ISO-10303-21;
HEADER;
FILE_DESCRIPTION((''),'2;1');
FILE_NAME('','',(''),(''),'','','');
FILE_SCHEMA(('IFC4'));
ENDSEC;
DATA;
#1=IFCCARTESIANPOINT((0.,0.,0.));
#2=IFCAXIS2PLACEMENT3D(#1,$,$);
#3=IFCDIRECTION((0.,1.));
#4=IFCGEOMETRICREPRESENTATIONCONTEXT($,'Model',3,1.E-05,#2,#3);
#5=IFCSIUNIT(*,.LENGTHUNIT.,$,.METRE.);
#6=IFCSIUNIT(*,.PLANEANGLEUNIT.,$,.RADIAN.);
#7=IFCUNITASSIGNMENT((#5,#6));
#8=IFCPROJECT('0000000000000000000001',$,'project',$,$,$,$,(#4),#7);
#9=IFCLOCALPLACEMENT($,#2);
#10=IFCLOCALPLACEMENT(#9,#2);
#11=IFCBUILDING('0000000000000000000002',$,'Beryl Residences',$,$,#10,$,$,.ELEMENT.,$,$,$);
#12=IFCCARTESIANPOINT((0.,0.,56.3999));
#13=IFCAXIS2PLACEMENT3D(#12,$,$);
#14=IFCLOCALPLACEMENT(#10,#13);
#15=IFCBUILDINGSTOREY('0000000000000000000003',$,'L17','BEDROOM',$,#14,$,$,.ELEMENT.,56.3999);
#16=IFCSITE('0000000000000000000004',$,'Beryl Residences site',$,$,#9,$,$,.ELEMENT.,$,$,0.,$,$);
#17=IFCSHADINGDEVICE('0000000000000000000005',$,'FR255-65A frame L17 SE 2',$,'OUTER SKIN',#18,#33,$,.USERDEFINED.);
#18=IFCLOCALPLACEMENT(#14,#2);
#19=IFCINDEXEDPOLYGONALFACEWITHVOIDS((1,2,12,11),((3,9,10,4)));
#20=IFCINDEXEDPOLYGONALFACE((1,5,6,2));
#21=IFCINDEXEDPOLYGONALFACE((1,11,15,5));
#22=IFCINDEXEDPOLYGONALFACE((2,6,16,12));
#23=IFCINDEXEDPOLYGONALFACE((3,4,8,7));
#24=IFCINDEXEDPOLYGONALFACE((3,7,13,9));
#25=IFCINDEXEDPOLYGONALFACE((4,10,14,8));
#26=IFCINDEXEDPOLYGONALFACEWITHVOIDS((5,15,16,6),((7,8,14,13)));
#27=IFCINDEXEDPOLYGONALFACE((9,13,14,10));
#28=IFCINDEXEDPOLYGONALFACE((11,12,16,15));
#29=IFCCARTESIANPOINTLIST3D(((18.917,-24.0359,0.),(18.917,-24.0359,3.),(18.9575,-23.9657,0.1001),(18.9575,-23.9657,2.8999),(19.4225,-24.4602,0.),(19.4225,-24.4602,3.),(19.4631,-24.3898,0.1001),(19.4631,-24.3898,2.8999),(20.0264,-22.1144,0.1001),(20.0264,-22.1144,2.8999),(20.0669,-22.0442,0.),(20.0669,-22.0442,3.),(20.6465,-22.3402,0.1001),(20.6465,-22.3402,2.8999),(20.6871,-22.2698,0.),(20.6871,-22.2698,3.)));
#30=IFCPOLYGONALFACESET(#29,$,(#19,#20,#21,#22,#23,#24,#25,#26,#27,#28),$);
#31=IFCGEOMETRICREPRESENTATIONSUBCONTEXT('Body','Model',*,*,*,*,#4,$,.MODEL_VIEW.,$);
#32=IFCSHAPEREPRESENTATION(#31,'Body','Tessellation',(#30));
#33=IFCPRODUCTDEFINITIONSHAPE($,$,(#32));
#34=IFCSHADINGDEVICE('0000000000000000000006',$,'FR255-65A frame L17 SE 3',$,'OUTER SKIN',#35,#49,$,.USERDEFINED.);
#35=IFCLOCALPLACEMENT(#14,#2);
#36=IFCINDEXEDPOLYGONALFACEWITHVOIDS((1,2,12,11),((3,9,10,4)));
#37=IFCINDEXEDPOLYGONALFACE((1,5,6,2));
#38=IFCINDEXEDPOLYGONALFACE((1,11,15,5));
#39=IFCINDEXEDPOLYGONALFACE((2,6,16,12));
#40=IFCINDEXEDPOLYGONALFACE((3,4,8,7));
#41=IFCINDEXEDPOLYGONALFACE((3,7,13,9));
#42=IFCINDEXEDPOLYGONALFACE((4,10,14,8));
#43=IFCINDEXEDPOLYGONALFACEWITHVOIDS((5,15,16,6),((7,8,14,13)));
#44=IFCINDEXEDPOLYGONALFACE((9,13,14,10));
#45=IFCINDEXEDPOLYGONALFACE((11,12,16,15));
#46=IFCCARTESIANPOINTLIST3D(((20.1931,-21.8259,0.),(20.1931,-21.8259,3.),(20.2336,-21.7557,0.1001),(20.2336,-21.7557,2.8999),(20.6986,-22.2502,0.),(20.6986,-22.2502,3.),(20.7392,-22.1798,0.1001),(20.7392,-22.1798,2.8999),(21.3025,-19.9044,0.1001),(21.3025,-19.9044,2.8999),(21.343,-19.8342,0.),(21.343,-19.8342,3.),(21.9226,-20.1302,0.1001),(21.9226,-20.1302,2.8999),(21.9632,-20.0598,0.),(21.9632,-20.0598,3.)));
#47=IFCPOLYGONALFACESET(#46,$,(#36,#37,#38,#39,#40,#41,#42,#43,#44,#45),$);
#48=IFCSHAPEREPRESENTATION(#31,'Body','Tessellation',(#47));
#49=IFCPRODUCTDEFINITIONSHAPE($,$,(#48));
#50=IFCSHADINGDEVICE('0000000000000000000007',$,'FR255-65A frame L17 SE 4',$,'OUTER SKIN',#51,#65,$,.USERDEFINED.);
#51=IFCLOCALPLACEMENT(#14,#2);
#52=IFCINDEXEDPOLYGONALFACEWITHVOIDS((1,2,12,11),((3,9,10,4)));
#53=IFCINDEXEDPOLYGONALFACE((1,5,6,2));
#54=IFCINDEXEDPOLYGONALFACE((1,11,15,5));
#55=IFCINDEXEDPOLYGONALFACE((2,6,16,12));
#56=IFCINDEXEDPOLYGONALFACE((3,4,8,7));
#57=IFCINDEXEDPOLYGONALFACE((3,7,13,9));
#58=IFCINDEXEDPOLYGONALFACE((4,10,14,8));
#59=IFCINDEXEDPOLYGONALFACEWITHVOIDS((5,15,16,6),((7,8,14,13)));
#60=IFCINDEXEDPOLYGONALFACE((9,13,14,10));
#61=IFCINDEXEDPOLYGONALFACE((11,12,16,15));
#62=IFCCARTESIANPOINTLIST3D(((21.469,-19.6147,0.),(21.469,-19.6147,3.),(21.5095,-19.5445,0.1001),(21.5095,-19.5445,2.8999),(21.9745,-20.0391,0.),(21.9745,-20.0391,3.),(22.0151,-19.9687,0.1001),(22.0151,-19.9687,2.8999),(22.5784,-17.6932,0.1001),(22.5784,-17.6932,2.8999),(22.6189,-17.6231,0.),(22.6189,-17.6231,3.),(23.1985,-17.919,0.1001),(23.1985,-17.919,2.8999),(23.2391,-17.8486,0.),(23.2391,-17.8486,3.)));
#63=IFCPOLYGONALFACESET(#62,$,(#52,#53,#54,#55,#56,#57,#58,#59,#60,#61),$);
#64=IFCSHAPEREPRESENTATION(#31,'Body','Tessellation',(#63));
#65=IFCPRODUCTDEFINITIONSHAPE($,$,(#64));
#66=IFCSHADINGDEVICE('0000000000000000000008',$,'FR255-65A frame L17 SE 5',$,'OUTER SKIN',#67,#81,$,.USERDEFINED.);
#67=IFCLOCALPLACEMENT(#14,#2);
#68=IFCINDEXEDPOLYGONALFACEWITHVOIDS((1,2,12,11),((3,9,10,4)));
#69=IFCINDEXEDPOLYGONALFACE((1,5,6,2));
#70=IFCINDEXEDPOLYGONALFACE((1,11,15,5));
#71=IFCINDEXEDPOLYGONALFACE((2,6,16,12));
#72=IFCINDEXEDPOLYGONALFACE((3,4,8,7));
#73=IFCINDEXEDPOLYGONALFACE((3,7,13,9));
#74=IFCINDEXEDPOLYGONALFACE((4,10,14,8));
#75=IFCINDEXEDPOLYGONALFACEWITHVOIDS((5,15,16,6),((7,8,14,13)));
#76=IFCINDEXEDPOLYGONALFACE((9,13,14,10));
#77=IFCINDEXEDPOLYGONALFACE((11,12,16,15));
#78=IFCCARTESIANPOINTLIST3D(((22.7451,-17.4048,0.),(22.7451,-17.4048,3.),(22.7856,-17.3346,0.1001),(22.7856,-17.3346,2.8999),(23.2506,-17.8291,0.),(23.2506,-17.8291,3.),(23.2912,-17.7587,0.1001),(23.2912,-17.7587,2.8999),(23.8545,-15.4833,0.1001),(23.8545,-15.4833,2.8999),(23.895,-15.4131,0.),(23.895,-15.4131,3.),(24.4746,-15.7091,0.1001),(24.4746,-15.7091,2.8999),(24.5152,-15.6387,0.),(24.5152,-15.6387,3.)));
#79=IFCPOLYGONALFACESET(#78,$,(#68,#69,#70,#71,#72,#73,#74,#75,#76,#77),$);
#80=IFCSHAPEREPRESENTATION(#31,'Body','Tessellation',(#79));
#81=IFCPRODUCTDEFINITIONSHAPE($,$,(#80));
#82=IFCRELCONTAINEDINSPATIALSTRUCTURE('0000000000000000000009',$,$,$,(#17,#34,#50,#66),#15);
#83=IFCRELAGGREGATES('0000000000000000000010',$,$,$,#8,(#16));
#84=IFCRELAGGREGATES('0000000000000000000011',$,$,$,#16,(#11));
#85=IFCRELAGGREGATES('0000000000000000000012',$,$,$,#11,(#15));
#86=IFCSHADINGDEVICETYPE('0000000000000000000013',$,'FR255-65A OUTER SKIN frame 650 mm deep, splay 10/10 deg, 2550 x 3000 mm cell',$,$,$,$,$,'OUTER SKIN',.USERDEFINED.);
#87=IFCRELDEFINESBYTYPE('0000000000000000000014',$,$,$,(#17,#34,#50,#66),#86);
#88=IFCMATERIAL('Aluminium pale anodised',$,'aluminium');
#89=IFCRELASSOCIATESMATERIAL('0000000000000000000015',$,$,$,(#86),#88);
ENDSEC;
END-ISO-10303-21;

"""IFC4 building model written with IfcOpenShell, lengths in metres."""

from ifc_helpers import new_model, entity, si_unit, direction, frame, origin, place, context, subcontext, project, spatial, source, transform, mapped, material, type_object, type_shapes, element, save


model = new_model("IFC4")

# Units and contexts
model_context = context("Model", 3, precision=1e-05, world=origin(), true_north=direction((0.0, 1.0)))
body_context = subcontext(model_context, "Body", "Model", "MODEL_VIEW")
ifc_project = project(units=[si_unit("LENGTHUNIT", "METRE"), si_unit("PLANEANGLEUNIT", "RADIAN")], contexts=[model_context])

# Site, building, storey
site_placement = place(None, origin())
site = spatial("IfcSite", under=ifc_project, at=site_placement, Name="Beryl Residences site", CompositionType="ELEMENT", RefElevation=0.0)
building_placement = place(site_placement, origin())
building = spatial("IfcBuilding", under=site, at=building_placement, Name="Beryl Residences", CompositionType="ELEMENT")
storey_placement = place(building_placement, frame((0.0, 0.0, 56.3999)))
storey = spatial("IfcBuildingStorey", under=building, at=storey_placement, Name="L17", Description="BEDROOM", CompositionType="ELEMENT", Elevation=56.3999)

# Shading devices
ifc_material_1 = material(Name="Aluminium pale anodised", Category="aluminium")
shading_device_type_1 = type_object("IfcShadingDeviceType", Name="FR255-65A OUTER SKIN frame 650 mm deep, splay 10/10 deg, 2550 x 3000 mm cell", ElementType="OUTER SKIN", PredefinedType="USERDEFINED", material=ifc_material_1)
cartesian_point_1 = entity("IfcCartesianPoint", [-1.1499, 0.0])
cartesian_point_2 = entity("IfcCartesianPoint", [-1.0688, 0.1001])
cartesian_point_3 = entity("IfcCartesianPoint", [-1.2646, 0.0])
cartesian_point_4 = entity("IfcCartesianPoint", [-1.1833, 0.1001])
shared_shape_1 = source(origin(), body_context, "Body", "SweptSolid", [
    entity("IfcExtrudedAreaSolidTapered", entity("IfcArbitraryProfileDefWithVoids", "AREA", None, entity("IfcPolyline", [cartesian_point_1, entity("IfcCartesianPoint", [1.1499, 0.0]), entity("IfcCartesianPoint", [1.1499, 3.0]), entity("IfcCartesianPoint", [-1.1499, 3.0]), cartesian_point_1]), [entity("IfcPolyline", [cartesian_point_2, entity("IfcCartesianPoint", [1.0688, 0.1001]), entity("IfcCartesianPoint", [1.0688, 2.8999]), entity("IfcCartesianPoint", [-1.0688, 2.8999]), cartesian_point_2])]), entity("IfcAxis2Placement3D", entity("IfcCartesianPoint", [0.0, 0.0, 0.0]), entity("IfcDirection", [0.0, 1.0, 0.0]), entity("IfcDirection", [-1.0, 0.0, 0.0])), entity("IfcDirection", [0.0, 0.0, 1.0]), 0.6499, entity("IfcArbitraryProfileDefWithVoids", "AREA", None, entity("IfcPolyline", [cartesian_point_3, entity("IfcCartesianPoint", [1.2646, 0.0]), entity("IfcCartesianPoint", [1.2646, 3.0]), entity("IfcCartesianPoint", [-1.2646, 3.0]), cartesian_point_3]), [entity("IfcPolyline", [cartesian_point_4, entity("IfcCartesianPoint", [1.1833, 0.1001]), entity("IfcCartesianPoint", [1.1833, 2.8999]), entity("IfcCartesianPoint", [-1.1833, 2.8999]), cartesian_point_4])])),
])
type_shapes(shading_device_type_1, [shared_shape_1])
for number, where, z_axis, x_axis, name in (
    (1, (19.4919, -23.04, 0.0), (0.0, 0.0, 1.0), (-0.5, -0.866025, 0.0), "FR255-65A frame L17 SE 2"),
    (2, (20.7681, -20.8301, 0.0), (0.0, 0.0, 1.0), (-0.5, -0.866025, 0.0), "FR255-65A frame L17 SE 3"),
    (3, (22.0439, -18.6189, 0.0), (0.0, 0.0, 1.0), (-0.5, -0.866025, 0.0), "FR255-65A frame L17 SE 4"),
    (4, (23.3201, -16.4089, 0.0), (0.0, 0.0, 1.0), (-0.5, -0.866025, 0.0), "FR255-65A frame L17 SE 5"),
):
    element("IfcShadingDevice", number, at=place(storey_placement, frame(where, z_axis=z_axis, x_axis=x_axis)), inside=storey, type_object=shading_device_type_1, Name=name, ObjectType="OUTER SKIN", PredefinedType="USERDEFINED", context=body_context, shape_type="MappedRepresentation", body=[
        mapped(shared_shape_1, transform((0.0, 0.0, 0.0))),
    ])

save(model, "model.ifc")
